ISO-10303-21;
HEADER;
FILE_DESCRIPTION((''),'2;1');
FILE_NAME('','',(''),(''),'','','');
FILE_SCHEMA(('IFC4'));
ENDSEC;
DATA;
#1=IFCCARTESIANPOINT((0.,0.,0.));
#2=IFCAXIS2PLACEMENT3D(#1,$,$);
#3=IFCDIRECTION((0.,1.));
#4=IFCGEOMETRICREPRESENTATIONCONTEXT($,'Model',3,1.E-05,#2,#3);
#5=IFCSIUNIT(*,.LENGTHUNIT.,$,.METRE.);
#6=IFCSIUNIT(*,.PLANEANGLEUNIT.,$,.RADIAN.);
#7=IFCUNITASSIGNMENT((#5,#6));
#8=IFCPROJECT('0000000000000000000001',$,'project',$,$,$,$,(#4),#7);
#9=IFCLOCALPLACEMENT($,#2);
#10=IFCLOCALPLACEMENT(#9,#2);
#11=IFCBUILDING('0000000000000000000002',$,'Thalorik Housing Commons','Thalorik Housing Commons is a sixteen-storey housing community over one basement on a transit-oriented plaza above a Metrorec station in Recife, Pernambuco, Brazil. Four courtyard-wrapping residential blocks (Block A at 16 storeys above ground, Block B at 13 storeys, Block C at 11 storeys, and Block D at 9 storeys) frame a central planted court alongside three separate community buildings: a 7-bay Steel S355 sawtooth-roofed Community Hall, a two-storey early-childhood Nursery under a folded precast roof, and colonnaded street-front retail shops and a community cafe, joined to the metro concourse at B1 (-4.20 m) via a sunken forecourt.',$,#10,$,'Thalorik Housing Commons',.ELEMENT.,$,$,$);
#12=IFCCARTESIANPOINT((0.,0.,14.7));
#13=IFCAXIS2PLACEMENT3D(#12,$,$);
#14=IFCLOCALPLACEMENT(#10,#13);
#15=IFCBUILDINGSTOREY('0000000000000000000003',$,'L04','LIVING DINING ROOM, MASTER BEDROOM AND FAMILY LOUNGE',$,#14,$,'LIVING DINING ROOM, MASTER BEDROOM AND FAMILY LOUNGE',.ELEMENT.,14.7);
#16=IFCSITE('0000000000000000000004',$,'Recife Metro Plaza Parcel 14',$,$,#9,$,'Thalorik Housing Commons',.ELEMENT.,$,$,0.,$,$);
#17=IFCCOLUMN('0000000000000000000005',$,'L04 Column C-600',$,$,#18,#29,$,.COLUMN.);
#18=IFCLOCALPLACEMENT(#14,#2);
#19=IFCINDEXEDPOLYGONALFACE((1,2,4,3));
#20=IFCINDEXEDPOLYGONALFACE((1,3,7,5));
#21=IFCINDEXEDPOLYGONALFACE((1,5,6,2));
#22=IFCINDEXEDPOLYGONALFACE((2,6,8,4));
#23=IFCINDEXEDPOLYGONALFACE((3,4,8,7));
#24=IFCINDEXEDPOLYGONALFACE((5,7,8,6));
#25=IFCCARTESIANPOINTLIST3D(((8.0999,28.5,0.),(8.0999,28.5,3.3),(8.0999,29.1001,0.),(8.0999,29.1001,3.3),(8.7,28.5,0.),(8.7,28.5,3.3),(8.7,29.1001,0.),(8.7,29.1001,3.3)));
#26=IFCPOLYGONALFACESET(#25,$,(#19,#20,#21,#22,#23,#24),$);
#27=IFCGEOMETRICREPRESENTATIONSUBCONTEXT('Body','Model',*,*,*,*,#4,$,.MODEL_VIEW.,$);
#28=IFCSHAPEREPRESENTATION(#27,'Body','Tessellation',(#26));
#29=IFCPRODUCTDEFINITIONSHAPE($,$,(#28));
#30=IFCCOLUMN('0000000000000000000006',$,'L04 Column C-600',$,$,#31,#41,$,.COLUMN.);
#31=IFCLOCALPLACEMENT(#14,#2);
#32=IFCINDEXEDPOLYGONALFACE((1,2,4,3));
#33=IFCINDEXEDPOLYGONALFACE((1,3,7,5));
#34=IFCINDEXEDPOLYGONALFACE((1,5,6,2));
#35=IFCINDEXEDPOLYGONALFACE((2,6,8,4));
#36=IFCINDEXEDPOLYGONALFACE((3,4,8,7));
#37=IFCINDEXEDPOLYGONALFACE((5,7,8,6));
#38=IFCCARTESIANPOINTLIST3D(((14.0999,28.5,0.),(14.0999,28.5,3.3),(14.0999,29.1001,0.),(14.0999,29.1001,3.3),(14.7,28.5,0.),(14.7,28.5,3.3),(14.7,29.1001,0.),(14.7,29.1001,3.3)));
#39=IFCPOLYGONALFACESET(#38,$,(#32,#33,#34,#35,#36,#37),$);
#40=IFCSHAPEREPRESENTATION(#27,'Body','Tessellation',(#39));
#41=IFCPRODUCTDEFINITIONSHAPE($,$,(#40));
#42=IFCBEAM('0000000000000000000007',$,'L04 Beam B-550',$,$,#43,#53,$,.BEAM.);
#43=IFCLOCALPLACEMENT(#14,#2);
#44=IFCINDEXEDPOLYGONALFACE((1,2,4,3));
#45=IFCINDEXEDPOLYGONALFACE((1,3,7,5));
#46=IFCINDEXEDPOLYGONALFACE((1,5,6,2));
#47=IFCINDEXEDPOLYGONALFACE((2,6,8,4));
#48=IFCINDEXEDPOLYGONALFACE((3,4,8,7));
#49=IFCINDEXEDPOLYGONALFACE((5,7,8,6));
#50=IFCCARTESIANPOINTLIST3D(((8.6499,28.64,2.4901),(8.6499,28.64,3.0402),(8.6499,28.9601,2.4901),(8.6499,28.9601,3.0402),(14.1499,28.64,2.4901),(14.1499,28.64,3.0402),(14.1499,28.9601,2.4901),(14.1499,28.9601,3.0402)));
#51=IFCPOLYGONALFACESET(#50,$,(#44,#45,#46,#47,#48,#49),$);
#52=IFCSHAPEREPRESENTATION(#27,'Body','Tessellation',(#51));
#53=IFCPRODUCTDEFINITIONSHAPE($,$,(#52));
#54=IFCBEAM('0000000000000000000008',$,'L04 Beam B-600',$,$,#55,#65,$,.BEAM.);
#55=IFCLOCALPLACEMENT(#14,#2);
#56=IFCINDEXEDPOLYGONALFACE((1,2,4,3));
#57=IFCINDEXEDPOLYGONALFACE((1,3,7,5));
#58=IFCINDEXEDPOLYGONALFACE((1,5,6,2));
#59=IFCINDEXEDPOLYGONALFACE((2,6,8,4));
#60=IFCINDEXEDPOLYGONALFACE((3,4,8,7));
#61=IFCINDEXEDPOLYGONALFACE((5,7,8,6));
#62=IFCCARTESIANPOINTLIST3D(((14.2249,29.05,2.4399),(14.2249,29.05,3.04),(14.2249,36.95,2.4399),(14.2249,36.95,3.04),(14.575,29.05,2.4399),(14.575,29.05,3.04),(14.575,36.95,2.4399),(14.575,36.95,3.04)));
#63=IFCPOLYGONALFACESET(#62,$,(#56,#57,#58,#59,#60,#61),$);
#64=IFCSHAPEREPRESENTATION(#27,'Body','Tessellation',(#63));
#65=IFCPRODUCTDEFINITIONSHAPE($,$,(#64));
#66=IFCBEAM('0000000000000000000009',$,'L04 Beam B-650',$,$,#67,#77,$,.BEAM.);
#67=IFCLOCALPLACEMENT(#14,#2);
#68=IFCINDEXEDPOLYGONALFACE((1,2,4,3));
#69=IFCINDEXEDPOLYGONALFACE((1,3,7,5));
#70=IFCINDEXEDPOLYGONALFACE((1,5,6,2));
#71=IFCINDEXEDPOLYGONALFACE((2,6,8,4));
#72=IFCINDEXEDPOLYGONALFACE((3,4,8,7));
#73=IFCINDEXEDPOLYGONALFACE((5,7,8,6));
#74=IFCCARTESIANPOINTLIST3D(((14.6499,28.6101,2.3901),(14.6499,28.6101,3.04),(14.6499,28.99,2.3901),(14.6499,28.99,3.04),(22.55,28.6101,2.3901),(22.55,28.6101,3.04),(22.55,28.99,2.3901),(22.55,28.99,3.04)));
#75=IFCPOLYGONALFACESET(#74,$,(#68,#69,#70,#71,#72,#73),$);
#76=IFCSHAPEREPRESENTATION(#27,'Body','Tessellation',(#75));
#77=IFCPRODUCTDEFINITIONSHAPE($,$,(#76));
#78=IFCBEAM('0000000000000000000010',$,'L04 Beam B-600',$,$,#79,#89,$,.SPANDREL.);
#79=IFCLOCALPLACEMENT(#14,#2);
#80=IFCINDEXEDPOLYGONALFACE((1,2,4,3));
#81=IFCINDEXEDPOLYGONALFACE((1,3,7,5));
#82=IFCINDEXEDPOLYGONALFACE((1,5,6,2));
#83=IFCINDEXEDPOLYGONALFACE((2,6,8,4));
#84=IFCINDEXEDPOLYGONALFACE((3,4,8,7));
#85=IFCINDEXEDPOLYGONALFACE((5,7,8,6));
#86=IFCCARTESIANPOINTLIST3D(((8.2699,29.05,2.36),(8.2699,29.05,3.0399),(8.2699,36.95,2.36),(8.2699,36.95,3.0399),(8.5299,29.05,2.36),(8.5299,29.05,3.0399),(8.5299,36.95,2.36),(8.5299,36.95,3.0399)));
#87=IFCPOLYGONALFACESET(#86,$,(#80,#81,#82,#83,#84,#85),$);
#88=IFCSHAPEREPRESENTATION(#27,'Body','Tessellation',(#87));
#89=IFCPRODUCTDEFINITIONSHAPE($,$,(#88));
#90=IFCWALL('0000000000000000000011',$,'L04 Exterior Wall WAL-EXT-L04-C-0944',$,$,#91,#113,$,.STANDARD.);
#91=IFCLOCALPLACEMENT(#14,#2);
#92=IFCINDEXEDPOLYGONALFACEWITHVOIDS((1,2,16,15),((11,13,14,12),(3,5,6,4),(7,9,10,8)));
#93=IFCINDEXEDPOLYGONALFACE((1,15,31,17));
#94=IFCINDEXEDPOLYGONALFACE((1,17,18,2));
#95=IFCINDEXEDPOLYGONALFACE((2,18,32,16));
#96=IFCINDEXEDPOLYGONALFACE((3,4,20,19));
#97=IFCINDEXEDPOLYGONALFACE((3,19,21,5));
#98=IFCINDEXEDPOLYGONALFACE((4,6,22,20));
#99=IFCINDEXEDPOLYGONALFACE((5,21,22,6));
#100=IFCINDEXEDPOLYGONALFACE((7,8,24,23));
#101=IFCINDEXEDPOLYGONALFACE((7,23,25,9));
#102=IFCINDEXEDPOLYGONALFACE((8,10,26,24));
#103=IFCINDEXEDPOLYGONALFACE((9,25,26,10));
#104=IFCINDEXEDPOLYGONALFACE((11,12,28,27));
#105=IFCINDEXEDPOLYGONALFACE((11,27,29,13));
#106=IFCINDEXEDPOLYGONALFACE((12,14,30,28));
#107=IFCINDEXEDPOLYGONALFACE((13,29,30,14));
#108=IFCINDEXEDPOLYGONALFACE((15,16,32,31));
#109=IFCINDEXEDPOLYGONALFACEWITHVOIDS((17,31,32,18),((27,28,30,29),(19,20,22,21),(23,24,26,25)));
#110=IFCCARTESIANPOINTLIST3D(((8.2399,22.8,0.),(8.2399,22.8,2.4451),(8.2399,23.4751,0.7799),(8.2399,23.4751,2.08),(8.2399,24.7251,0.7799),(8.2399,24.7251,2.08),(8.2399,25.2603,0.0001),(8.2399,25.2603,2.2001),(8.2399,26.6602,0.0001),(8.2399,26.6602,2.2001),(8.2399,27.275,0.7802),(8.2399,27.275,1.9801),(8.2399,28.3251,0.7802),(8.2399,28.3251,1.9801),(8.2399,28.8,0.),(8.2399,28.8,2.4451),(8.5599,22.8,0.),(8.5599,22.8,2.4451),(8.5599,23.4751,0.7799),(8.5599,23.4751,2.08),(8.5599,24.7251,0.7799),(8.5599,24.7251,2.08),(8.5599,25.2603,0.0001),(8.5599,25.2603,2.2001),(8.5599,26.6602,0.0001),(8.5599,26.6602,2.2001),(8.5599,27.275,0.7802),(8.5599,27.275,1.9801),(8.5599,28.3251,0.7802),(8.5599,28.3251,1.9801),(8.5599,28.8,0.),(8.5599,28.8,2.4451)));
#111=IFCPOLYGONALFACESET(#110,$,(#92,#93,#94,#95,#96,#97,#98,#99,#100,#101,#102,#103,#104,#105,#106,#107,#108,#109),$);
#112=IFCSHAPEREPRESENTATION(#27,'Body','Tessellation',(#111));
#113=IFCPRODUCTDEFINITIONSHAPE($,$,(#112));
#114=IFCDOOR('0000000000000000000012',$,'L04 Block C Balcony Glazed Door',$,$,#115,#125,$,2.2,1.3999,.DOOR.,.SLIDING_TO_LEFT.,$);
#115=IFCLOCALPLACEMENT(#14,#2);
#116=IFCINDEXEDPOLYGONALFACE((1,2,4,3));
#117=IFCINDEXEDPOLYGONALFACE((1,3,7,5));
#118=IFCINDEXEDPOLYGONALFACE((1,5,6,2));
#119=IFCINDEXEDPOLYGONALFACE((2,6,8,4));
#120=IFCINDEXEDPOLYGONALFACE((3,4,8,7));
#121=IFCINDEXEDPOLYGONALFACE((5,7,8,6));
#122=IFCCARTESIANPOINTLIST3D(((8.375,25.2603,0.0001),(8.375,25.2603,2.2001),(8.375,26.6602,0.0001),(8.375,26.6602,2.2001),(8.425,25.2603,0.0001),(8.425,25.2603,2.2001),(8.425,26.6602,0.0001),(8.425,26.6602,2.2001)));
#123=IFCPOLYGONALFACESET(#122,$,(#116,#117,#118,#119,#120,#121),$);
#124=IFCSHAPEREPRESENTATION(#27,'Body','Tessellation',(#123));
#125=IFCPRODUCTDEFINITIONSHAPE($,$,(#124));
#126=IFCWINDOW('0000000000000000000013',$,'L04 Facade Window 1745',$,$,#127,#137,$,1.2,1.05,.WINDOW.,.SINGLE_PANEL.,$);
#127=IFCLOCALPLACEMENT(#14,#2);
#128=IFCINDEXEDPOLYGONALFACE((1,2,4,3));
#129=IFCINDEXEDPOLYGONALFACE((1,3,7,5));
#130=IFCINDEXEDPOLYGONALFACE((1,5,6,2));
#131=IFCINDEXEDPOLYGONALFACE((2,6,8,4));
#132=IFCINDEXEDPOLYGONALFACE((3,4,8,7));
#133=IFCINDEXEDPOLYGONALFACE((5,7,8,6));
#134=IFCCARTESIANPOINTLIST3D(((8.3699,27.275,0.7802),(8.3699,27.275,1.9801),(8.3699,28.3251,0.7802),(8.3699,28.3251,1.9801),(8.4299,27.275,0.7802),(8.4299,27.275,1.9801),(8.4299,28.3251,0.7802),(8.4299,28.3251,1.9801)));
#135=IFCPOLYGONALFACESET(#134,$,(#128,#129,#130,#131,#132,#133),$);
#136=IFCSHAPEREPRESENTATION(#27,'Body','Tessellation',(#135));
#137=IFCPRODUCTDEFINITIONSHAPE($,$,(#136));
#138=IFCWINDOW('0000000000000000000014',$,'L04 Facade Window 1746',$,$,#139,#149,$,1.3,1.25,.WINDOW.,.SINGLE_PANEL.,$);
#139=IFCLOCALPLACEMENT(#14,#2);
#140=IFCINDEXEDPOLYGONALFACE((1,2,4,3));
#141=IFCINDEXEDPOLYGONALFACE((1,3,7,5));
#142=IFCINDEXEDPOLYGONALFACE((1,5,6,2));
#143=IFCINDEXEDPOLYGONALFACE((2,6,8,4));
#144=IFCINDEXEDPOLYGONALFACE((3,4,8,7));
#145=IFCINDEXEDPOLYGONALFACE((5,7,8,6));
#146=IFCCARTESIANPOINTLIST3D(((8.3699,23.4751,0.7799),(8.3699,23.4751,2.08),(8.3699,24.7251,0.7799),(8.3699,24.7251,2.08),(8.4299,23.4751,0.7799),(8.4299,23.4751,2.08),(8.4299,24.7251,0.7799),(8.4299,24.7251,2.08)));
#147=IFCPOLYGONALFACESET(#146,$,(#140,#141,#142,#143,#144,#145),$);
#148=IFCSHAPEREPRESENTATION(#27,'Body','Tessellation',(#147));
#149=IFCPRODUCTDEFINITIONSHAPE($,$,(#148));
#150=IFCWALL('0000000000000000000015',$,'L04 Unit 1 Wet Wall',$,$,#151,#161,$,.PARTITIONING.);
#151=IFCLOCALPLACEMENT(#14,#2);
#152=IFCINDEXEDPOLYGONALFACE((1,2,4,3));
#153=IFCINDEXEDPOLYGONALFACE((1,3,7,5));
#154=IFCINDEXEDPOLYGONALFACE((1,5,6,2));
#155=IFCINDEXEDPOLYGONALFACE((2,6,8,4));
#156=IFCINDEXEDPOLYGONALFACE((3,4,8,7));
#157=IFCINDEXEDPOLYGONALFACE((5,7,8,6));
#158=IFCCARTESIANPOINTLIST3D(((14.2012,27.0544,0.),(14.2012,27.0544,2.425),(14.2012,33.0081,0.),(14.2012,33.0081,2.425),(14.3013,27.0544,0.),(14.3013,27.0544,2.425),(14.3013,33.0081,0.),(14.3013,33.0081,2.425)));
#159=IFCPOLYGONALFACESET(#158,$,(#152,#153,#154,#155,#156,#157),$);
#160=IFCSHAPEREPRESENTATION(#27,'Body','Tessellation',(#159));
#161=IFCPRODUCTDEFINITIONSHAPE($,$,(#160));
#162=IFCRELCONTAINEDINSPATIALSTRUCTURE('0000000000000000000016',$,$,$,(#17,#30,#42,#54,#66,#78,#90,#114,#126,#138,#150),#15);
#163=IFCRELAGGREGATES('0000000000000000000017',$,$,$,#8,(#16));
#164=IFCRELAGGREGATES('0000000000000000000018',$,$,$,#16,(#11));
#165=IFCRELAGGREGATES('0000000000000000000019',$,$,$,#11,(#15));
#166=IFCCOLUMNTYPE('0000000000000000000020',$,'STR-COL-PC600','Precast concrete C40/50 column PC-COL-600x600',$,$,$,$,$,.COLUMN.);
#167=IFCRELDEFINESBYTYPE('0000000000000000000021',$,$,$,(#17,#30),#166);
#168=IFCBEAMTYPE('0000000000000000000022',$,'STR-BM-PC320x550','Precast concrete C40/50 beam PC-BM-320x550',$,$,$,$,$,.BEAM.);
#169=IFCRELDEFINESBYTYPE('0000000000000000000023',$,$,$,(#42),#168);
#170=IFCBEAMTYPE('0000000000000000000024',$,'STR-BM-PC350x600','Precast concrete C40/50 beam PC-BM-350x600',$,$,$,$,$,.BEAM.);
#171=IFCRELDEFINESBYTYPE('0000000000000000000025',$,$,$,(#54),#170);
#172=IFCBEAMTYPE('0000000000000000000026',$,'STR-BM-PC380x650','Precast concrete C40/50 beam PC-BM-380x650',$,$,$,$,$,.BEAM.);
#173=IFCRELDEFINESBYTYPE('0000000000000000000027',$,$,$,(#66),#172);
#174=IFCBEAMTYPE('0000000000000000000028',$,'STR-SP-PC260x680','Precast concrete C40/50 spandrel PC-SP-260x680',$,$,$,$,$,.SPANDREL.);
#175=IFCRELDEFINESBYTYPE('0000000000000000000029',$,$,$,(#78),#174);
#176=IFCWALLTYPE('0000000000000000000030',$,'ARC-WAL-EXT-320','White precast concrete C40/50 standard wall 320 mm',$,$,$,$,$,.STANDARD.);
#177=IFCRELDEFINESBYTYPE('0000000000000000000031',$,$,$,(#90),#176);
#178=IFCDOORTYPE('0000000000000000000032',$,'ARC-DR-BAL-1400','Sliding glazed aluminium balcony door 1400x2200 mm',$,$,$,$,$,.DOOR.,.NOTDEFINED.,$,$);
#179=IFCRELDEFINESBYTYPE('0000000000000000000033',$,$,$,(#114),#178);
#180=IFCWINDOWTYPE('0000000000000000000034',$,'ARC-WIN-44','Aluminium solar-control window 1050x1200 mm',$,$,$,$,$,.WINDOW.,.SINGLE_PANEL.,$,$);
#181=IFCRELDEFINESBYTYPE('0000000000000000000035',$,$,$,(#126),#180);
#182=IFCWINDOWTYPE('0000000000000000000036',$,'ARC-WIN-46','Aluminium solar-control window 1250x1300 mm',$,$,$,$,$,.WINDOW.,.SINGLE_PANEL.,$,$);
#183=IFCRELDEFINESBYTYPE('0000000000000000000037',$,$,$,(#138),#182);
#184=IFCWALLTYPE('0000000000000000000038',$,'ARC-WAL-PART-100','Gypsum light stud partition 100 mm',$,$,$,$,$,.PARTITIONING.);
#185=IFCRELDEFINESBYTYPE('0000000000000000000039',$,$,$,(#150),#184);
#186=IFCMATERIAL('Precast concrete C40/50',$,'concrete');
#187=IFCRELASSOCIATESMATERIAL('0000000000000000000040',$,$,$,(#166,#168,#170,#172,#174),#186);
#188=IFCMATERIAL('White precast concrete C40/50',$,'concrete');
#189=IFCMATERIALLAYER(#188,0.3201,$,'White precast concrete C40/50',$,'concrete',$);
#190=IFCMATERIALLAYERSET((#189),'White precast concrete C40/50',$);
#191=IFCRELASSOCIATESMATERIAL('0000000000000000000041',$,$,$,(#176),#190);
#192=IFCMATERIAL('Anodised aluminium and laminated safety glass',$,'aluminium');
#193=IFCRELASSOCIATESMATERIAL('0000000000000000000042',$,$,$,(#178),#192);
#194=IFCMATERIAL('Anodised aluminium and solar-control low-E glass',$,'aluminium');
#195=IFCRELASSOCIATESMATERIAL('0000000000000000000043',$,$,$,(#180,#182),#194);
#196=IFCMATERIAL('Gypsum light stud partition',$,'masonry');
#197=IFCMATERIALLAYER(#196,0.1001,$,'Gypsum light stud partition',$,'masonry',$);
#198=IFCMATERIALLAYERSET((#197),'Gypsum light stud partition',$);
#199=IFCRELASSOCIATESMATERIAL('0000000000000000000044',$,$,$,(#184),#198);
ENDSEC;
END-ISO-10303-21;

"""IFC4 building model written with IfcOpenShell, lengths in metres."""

from ifc_helpers import new_model, si_unit, direction, frame, frame_2d, origin, origin_2d, place, context, subcontext, project, spatial, rectangle, extrude, material, layer, layer_set, material_profile, profile_set, type_object, element, fill, save


model = new_model("IFC4")

# Units and contexts
model_context = context("Model", 3, precision=1e-05, world=origin(), true_north=direction((0.0, 1.0)))
body_context = subcontext(model_context, "Body", "Model", "MODEL_VIEW")
ifc_project = project(units=[si_unit("LENGTHUNIT", "METRE"), si_unit("PLANEANGLEUNIT", "RADIAN")], contexts=[model_context])

# Site, building, storey
site_placement = place(None, origin())
site = spatial("IfcSite", under=ifc_project, at=site_placement, Name="Recife Metro Plaza Parcel 14", LongName="Thalorik Housing Commons", CompositionType="ELEMENT", RefElevation=0.0)
building_placement = place(site_placement, origin())
building = spatial("IfcBuilding", under=site, at=building_placement, Name="Thalorik Housing Commons", Description="Thalorik Housing Commons is a sixteen-storey housing community over one basement on a transit-oriented plaza above a Metrorec station in Recife, Pernambuco, Brazil. Four courtyard-wrapping residential blocks (Block A at 16 storeys above ground, Block B at 13 storeys, Block C at 11 storeys, and Block D at 9 storeys) frame a central planted court alongside three separate community buildings: a 7-bay Steel S355 sawtooth-roofed Community Hall, a two-storey early-childhood Nursery under a folded precast roof, and colonnaded street-front retail shops and a community cafe, joined to the metro concourse at B1 (-4.20 m) via a sunken forecourt.", LongName="Thalorik Housing Commons", CompositionType="ELEMENT")
storey_placement = place(building_placement, frame((0.0, 0.0, 14.7)))
storey = spatial("IfcBuildingStorey", under=building, at=storey_placement, Name="L04", Description="LIVING DINING ROOM, MASTER BEDROOM AND FAMILY LOUNGE", LongName="LIVING DINING ROOM, MASTER BEDROOM AND FAMILY LOUNGE", CompositionType="ELEMENT", Elevation=14.7)

# Columns
ifc_material_1 = material(Name="Precast concrete C40/50", Category="concrete")
ifc_material_profile_1 = material_profile(ifc_material_1, rectangle(XDim=0.6001, YDim=0.6001, at=origin_2d()), Name="PC 600x600", Category="concrete")
ifc_profile_set_1 = profile_set([ifc_material_profile_1], Name="Precast concrete C40/50")
column_type = type_object("IfcColumnType", Name="STR-COL-PC600", Description="Precast concrete C40/50 column PC-COL-600x600", PredefinedType="COLUMN", material=ifc_profile_set_1)
for number, where, z_axis, x_axis, name in (
    (1, (8.3999, 28.8, 0.0), (0.0, 0.0, 1.0), (1.0, 0.0, 0.0), "L04 Column C-600"),
    (2, (14.3999, 28.8, 0.0), (0.0, 0.0, 1.0), (1.0, 0.0, 0.0), "L04 Column C-600"),
):
    element("IfcColumn", number, at=place(storey_placement, frame(where, z_axis=z_axis, x_axis=x_axis)), inside=storey, type_object=column_type, Name=name, PredefinedType="COLUMN", context=body_context, shape_type="SweptSolid", body=[
        extrude(rectangle(XDim=0.6001, YDim=0.6001, at=origin_2d()), origin(), (0.0, 0.0, 1.0), 3.3),
    ])

# Beams
ifc_material_profile_2 = material_profile(ifc_material_1, rectangle(XDim=0.3201, YDim=0.55, at=origin_2d()), Name="PC 320x550", Category="concrete")
ifc_profile_set_2 = profile_set([ifc_material_profile_2], Name="Precast concrete C40/50")
beam_type_1 = type_object("IfcBeamType", Name="STR-BM-PC320x550", Description="Precast concrete C40/50 beam PC-BM-320x550", PredefinedType="BEAM", material=ifc_profile_set_2)
beam_1_placement = place(storey_placement, frame((8.6499, 28.8, 2.7651), z_axis=(1.0, 0.0, 0.0), x_axis=(0.0, 1.0, 0.0)))
element("IfcBeam", 3, at=beam_1_placement, inside=storey, type_object=beam_type_1, Name="L04 Beam B-550", PredefinedType="BEAM", context=body_context, shape_type="SweptSolid", body=[
    extrude(rectangle(XDim=0.3201, YDim=0.55, at=origin_2d()), origin(), (0.0, 0.0, 1.0), 5.5),
])
ifc_material_profile_3 = material_profile(ifc_material_1, rectangle(XDim=0.3501, YDim=0.6001, at=origin_2d()), Name="PC 350x600", Category="concrete")
ifc_profile_set_3 = profile_set([ifc_material_profile_3], Name="Precast concrete C40/50")
beam_type_2 = type_object("IfcBeamType", Name="STR-BM-PC350x600", Description="Precast concrete C40/50 beam PC-BM-350x600", PredefinedType="BEAM", material=ifc_profile_set_3)
beam_2_placement = place(storey_placement, frame((14.3999, 29.05, 2.74), z_axis=(0.0, 1.0, 0.0), x_axis=(-1.0, 0.0, 0.0)))
element("IfcBeam", 4, at=beam_2_placement, inside=storey, type_object=beam_type_2, Name="L04 Beam B-600", PredefinedType="BEAM", context=body_context, shape_type="SweptSolid", body=[
    extrude(rectangle(XDim=0.3501, YDim=0.6001, at=origin_2d()), origin(), (0.0, 0.0, 1.0), 7.8999),
])
ifc_material_profile_4 = material_profile(ifc_material_1, rectangle(XDim=0.3799, YDim=0.6499, at=origin_2d()), Name="PC 380x650", Category="concrete")
ifc_profile_set_4 = profile_set([ifc_material_profile_4], Name="Precast concrete C40/50")
beam_type_3 = type_object("IfcBeamType", Name="STR-BM-PC380x650", Description="Precast concrete C40/50 beam PC-BM-380x650", PredefinedType="BEAM", material=ifc_profile_set_4)
beam_3_placement = place(storey_placement, frame((14.6499, 28.8, 2.7151), z_axis=(1.0, 0.0, 0.0), x_axis=(0.0, 1.0, 0.0)))
element("IfcBeam", 5, at=beam_3_placement, inside=storey, type_object=beam_type_3, Name="L04 Beam B-650", PredefinedType="BEAM", context=body_context, shape_type="SweptSolid", body=[
    extrude(rectangle(XDim=0.3799, YDim=0.6499, at=origin_2d()), origin(), (0.0, 0.0, 1.0), 7.9001),
])
ifc_material_profile_5 = material_profile(ifc_material_1, rectangle(XDim=0.26, YDim=0.6799, at=origin_2d()), Name="PC SP 260x680", Category="concrete")
ifc_profile_set_5 = profile_set([ifc_material_profile_5], Name="Precast concrete C40/50")
beam_type_4 = type_object("IfcBeamType", Name="STR-SP-PC260x680", Description="Precast concrete C40/50 spandrel PC-SP-260x680", PredefinedType="SPANDREL", material=ifc_profile_set_5)
beam_4_placement = place(storey_placement, frame((8.3999, 29.05, 2.7), z_axis=(0.0, 1.0, 0.0), x_axis=(-1.0, 0.0, 0.0)))
element("IfcBeam", 6, at=beam_4_placement, inside=storey, type_object=beam_type_4, Name="L04 Beam B-600", PredefinedType="SPANDREL", context=body_context, shape_type="SweptSolid", body=[
    extrude(rectangle(XDim=0.26, YDim=0.6799, at=origin_2d()), origin(), (0.0, 0.0, 1.0), 7.8999),
])

# Wall, openings, door, windows
ifc_material_2 = material(Name="White precast concrete C40/50", Category="concrete")
ifc_layer_1 = layer(ifc_material_2, 0.3201, Name="White precast concrete C40/50", Category="concrete")
ifc_layer_set_1 = layer_set([ifc_layer_1], Name="White precast concrete C40/50")
wall_type_1 = type_object("IfcWallType", Name="ARC-WAL-EXT-320", Description="White precast concrete C40/50 standard wall 320 mm", PredefinedType="STANDARD", material=ifc_layer_set_1)
wall_1_placement = place(storey_placement, frame((8.3999, 28.8, 0.0), z_axis=(0.0, 0.0, 1.0), x_axis=(0.0, -1.0, 0.0)))
wall_1 = element("IfcWall", 7, at=wall_1_placement, inside=storey, type_object=wall_type_1, Name="L04 Exterior Wall WAL-EXT-L04-C-0944", PredefinedType="STANDARD", context=body_context, shape_type="SweptSolid", body=[
    extrude(rectangle(XDim=6.0, YDim=0.3201, at=frame_2d((3.0, 0.0))), origin(), (0.0, 0.0, 1.0), 2.4451),
])
opening_1_placement = place(wall_1_placement, frame((2.1399, 0.0, 0.0)))
opening_1 = element("IfcOpeningElement", 8, at=opening_1_placement, cuts=wall_1, PredefinedType="OPENING", context=body_context, shape_type="SweptSolid", body=[
    extrude(rectangle(XDim=1.3999, YDim=2.2, at=frame_2d((0.7, 1.1001))), frame((0.0, 0.1699, 0.0), z_axis=(0.0, -1.0, 0.0), x_axis=(1.0, 0.0, 0.0)), (0.0, 0.0, 1.0), 0.3401),
])
opening_2_placement = place(wall_1_placement, frame((0.4751, 0.0, 0.78)))
opening_2 = element("IfcOpeningElement", 9, at=opening_2_placement, cuts=wall_1, PredefinedType="OPENING", context=body_context, shape_type="SweptSolid", body=[
    extrude(rectangle(XDim=1.05, YDim=1.2, at=frame_2d((0.5249, 0.6001))), frame((0.0, 0.1699, 0.0), z_axis=(0.0, -1.0, 0.0), x_axis=(1.0, 0.0, 0.0)), (0.0, 0.0, 1.0), 0.3401),
])
opening_3_placement = place(wall_1_placement, frame((4.075, 0.0, 0.78)))
opening_3 = element("IfcOpeningElement", 10, at=opening_3_placement, cuts=wall_1, PredefinedType="OPENING", context=body_context, shape_type="SweptSolid", body=[
    extrude(rectangle(XDim=1.25, YDim=1.3, at=frame_2d((0.625, 0.6499))), frame((0.0, 0.1699, 0.0), z_axis=(0.0, -1.0, 0.0), x_axis=(1.0, 0.0, 0.0)), (0.0, 0.0, 1.0), 0.3401),
])
ifc_material_3 = material(Name="Anodised aluminium and laminated safety glass", Category="aluminium")
door_type = type_object("IfcDoorType", Name="ARC-DR-BAL-1400", Description="Sliding glazed aluminium balcony door 1400x2200 mm", OperationType="NOTDEFINED", PredefinedType="DOOR", material=ifc_material_3)
door_placement = place(opening_1_placement, frame((1.3999, 0.0, 0.0), z_axis=(0.0, 0.0, 1.0), x_axis=(-1.0, 0.0, 0.0)))
door = element("IfcDoor", 11, at=door_placement, inside=storey, type_object=door_type, Name="L04 Block C Balcony Glazed Door", OperationType="SLIDING_TO_LEFT", OverallHeight=2.2, OverallWidth=1.3999, PredefinedType="DOOR", context=body_context, shape_type="SweptSolid", body=[
    extrude(rectangle(XDim=1.3999, YDim=2.2, at=frame_2d((0.7, 1.1001))), frame((0.0, 0.0249, 0.0), z_axis=(0.0, -1.0, 0.0), x_axis=(1.0, 0.0, 0.0)), (0.0, 0.0, 1.0), 0.05),
])
fill(opening_1, door)
ifc_material_4 = material(Name="Anodised aluminium and solar-control low-E glass", Category="aluminium")
window_type_1 = type_object("IfcWindowType", Name="ARC-WIN-44", Description="Aluminium solar-control window 1050x1200 mm", PartitioningType="SINGLE_PANEL", PredefinedType="WINDOW", material=ifc_material_4)
window_1_placement = place(opening_2_placement, origin())
window_1 = element("IfcWindow", 12, at=window_1_placement, inside=storey, type_object=window_type_1, Name="L04 Facade Window 1745", OverallHeight=1.2, OverallWidth=1.05, PartitioningType="SINGLE_PANEL", PredefinedType="WINDOW", context=body_context, shape_type="SweptSolid", body=[
    extrude(rectangle(XDim=1.05, YDim=1.2, at=frame_2d((0.5249, 0.6001))), frame((0.0, 0.03, 0.0), z_axis=(0.0, -1.0, 0.0), x_axis=(1.0, 0.0, 0.0)), (0.0, 0.0, 1.0), 0.0601),
])
fill(opening_2, window_1)
window_type_2 = type_object("IfcWindowType", Name="ARC-WIN-46", Description="Aluminium solar-control window 1250x1300 mm", PartitioningType="SINGLE_PANEL", PredefinedType="WINDOW", material=ifc_material_4)
window_2_placement = place(opening_3_placement, origin())
window_2 = element("IfcWindow", 13, at=window_2_placement, inside=storey, type_object=window_type_2, Name="L04 Facade Window 1746", OverallHeight=1.3, OverallWidth=1.25, PartitioningType="SINGLE_PANEL", PredefinedType="WINDOW", context=body_context, shape_type="SweptSolid", body=[
    extrude(rectangle(XDim=1.25, YDim=1.3, at=frame_2d((0.625, 0.6499))), frame((0.0, 0.03, 0.0), z_axis=(0.0, -1.0, 0.0), x_axis=(1.0, 0.0, 0.0)), (0.0, 0.0, 1.0), 0.0601),
])
fill(opening_3, window_2)

# Wall
ifc_material_5 = material(Name="Gypsum light stud partition", Category="masonry")
ifc_layer_2 = layer(ifc_material_5, 0.1001, Name="Gypsum light stud partition", Category="masonry")
ifc_layer_set_2 = layer_set([ifc_layer_2], Name="Gypsum light stud partition")
wall_type_2 = type_object("IfcWallType", Name="ARC-WAL-PART-100", Description="Gypsum light stud partition 100 mm", PredefinedType="PARTITIONING", material=ifc_layer_set_2)
wall_2_placement = place(storey_placement, frame((14.2512, 27.0544, 0.0), z_axis=(0.0, 0.0, 1.0), x_axis=(0.0, 1.0, 0.0)))
element("IfcWall", 14, at=wall_2_placement, inside=storey, type_object=wall_type_2, Name="L04 Unit 1 Wet Wall", PredefinedType="PARTITIONING", context=body_context, shape_type="SweptSolid", body=[
    extrude(rectangle(XDim=5.9536, YDim=0.1001, at=frame_2d((2.9768, 0.0))), origin(), (0.0, 0.0, 1.0), 2.425),
])

save(model, "model.ifc")
